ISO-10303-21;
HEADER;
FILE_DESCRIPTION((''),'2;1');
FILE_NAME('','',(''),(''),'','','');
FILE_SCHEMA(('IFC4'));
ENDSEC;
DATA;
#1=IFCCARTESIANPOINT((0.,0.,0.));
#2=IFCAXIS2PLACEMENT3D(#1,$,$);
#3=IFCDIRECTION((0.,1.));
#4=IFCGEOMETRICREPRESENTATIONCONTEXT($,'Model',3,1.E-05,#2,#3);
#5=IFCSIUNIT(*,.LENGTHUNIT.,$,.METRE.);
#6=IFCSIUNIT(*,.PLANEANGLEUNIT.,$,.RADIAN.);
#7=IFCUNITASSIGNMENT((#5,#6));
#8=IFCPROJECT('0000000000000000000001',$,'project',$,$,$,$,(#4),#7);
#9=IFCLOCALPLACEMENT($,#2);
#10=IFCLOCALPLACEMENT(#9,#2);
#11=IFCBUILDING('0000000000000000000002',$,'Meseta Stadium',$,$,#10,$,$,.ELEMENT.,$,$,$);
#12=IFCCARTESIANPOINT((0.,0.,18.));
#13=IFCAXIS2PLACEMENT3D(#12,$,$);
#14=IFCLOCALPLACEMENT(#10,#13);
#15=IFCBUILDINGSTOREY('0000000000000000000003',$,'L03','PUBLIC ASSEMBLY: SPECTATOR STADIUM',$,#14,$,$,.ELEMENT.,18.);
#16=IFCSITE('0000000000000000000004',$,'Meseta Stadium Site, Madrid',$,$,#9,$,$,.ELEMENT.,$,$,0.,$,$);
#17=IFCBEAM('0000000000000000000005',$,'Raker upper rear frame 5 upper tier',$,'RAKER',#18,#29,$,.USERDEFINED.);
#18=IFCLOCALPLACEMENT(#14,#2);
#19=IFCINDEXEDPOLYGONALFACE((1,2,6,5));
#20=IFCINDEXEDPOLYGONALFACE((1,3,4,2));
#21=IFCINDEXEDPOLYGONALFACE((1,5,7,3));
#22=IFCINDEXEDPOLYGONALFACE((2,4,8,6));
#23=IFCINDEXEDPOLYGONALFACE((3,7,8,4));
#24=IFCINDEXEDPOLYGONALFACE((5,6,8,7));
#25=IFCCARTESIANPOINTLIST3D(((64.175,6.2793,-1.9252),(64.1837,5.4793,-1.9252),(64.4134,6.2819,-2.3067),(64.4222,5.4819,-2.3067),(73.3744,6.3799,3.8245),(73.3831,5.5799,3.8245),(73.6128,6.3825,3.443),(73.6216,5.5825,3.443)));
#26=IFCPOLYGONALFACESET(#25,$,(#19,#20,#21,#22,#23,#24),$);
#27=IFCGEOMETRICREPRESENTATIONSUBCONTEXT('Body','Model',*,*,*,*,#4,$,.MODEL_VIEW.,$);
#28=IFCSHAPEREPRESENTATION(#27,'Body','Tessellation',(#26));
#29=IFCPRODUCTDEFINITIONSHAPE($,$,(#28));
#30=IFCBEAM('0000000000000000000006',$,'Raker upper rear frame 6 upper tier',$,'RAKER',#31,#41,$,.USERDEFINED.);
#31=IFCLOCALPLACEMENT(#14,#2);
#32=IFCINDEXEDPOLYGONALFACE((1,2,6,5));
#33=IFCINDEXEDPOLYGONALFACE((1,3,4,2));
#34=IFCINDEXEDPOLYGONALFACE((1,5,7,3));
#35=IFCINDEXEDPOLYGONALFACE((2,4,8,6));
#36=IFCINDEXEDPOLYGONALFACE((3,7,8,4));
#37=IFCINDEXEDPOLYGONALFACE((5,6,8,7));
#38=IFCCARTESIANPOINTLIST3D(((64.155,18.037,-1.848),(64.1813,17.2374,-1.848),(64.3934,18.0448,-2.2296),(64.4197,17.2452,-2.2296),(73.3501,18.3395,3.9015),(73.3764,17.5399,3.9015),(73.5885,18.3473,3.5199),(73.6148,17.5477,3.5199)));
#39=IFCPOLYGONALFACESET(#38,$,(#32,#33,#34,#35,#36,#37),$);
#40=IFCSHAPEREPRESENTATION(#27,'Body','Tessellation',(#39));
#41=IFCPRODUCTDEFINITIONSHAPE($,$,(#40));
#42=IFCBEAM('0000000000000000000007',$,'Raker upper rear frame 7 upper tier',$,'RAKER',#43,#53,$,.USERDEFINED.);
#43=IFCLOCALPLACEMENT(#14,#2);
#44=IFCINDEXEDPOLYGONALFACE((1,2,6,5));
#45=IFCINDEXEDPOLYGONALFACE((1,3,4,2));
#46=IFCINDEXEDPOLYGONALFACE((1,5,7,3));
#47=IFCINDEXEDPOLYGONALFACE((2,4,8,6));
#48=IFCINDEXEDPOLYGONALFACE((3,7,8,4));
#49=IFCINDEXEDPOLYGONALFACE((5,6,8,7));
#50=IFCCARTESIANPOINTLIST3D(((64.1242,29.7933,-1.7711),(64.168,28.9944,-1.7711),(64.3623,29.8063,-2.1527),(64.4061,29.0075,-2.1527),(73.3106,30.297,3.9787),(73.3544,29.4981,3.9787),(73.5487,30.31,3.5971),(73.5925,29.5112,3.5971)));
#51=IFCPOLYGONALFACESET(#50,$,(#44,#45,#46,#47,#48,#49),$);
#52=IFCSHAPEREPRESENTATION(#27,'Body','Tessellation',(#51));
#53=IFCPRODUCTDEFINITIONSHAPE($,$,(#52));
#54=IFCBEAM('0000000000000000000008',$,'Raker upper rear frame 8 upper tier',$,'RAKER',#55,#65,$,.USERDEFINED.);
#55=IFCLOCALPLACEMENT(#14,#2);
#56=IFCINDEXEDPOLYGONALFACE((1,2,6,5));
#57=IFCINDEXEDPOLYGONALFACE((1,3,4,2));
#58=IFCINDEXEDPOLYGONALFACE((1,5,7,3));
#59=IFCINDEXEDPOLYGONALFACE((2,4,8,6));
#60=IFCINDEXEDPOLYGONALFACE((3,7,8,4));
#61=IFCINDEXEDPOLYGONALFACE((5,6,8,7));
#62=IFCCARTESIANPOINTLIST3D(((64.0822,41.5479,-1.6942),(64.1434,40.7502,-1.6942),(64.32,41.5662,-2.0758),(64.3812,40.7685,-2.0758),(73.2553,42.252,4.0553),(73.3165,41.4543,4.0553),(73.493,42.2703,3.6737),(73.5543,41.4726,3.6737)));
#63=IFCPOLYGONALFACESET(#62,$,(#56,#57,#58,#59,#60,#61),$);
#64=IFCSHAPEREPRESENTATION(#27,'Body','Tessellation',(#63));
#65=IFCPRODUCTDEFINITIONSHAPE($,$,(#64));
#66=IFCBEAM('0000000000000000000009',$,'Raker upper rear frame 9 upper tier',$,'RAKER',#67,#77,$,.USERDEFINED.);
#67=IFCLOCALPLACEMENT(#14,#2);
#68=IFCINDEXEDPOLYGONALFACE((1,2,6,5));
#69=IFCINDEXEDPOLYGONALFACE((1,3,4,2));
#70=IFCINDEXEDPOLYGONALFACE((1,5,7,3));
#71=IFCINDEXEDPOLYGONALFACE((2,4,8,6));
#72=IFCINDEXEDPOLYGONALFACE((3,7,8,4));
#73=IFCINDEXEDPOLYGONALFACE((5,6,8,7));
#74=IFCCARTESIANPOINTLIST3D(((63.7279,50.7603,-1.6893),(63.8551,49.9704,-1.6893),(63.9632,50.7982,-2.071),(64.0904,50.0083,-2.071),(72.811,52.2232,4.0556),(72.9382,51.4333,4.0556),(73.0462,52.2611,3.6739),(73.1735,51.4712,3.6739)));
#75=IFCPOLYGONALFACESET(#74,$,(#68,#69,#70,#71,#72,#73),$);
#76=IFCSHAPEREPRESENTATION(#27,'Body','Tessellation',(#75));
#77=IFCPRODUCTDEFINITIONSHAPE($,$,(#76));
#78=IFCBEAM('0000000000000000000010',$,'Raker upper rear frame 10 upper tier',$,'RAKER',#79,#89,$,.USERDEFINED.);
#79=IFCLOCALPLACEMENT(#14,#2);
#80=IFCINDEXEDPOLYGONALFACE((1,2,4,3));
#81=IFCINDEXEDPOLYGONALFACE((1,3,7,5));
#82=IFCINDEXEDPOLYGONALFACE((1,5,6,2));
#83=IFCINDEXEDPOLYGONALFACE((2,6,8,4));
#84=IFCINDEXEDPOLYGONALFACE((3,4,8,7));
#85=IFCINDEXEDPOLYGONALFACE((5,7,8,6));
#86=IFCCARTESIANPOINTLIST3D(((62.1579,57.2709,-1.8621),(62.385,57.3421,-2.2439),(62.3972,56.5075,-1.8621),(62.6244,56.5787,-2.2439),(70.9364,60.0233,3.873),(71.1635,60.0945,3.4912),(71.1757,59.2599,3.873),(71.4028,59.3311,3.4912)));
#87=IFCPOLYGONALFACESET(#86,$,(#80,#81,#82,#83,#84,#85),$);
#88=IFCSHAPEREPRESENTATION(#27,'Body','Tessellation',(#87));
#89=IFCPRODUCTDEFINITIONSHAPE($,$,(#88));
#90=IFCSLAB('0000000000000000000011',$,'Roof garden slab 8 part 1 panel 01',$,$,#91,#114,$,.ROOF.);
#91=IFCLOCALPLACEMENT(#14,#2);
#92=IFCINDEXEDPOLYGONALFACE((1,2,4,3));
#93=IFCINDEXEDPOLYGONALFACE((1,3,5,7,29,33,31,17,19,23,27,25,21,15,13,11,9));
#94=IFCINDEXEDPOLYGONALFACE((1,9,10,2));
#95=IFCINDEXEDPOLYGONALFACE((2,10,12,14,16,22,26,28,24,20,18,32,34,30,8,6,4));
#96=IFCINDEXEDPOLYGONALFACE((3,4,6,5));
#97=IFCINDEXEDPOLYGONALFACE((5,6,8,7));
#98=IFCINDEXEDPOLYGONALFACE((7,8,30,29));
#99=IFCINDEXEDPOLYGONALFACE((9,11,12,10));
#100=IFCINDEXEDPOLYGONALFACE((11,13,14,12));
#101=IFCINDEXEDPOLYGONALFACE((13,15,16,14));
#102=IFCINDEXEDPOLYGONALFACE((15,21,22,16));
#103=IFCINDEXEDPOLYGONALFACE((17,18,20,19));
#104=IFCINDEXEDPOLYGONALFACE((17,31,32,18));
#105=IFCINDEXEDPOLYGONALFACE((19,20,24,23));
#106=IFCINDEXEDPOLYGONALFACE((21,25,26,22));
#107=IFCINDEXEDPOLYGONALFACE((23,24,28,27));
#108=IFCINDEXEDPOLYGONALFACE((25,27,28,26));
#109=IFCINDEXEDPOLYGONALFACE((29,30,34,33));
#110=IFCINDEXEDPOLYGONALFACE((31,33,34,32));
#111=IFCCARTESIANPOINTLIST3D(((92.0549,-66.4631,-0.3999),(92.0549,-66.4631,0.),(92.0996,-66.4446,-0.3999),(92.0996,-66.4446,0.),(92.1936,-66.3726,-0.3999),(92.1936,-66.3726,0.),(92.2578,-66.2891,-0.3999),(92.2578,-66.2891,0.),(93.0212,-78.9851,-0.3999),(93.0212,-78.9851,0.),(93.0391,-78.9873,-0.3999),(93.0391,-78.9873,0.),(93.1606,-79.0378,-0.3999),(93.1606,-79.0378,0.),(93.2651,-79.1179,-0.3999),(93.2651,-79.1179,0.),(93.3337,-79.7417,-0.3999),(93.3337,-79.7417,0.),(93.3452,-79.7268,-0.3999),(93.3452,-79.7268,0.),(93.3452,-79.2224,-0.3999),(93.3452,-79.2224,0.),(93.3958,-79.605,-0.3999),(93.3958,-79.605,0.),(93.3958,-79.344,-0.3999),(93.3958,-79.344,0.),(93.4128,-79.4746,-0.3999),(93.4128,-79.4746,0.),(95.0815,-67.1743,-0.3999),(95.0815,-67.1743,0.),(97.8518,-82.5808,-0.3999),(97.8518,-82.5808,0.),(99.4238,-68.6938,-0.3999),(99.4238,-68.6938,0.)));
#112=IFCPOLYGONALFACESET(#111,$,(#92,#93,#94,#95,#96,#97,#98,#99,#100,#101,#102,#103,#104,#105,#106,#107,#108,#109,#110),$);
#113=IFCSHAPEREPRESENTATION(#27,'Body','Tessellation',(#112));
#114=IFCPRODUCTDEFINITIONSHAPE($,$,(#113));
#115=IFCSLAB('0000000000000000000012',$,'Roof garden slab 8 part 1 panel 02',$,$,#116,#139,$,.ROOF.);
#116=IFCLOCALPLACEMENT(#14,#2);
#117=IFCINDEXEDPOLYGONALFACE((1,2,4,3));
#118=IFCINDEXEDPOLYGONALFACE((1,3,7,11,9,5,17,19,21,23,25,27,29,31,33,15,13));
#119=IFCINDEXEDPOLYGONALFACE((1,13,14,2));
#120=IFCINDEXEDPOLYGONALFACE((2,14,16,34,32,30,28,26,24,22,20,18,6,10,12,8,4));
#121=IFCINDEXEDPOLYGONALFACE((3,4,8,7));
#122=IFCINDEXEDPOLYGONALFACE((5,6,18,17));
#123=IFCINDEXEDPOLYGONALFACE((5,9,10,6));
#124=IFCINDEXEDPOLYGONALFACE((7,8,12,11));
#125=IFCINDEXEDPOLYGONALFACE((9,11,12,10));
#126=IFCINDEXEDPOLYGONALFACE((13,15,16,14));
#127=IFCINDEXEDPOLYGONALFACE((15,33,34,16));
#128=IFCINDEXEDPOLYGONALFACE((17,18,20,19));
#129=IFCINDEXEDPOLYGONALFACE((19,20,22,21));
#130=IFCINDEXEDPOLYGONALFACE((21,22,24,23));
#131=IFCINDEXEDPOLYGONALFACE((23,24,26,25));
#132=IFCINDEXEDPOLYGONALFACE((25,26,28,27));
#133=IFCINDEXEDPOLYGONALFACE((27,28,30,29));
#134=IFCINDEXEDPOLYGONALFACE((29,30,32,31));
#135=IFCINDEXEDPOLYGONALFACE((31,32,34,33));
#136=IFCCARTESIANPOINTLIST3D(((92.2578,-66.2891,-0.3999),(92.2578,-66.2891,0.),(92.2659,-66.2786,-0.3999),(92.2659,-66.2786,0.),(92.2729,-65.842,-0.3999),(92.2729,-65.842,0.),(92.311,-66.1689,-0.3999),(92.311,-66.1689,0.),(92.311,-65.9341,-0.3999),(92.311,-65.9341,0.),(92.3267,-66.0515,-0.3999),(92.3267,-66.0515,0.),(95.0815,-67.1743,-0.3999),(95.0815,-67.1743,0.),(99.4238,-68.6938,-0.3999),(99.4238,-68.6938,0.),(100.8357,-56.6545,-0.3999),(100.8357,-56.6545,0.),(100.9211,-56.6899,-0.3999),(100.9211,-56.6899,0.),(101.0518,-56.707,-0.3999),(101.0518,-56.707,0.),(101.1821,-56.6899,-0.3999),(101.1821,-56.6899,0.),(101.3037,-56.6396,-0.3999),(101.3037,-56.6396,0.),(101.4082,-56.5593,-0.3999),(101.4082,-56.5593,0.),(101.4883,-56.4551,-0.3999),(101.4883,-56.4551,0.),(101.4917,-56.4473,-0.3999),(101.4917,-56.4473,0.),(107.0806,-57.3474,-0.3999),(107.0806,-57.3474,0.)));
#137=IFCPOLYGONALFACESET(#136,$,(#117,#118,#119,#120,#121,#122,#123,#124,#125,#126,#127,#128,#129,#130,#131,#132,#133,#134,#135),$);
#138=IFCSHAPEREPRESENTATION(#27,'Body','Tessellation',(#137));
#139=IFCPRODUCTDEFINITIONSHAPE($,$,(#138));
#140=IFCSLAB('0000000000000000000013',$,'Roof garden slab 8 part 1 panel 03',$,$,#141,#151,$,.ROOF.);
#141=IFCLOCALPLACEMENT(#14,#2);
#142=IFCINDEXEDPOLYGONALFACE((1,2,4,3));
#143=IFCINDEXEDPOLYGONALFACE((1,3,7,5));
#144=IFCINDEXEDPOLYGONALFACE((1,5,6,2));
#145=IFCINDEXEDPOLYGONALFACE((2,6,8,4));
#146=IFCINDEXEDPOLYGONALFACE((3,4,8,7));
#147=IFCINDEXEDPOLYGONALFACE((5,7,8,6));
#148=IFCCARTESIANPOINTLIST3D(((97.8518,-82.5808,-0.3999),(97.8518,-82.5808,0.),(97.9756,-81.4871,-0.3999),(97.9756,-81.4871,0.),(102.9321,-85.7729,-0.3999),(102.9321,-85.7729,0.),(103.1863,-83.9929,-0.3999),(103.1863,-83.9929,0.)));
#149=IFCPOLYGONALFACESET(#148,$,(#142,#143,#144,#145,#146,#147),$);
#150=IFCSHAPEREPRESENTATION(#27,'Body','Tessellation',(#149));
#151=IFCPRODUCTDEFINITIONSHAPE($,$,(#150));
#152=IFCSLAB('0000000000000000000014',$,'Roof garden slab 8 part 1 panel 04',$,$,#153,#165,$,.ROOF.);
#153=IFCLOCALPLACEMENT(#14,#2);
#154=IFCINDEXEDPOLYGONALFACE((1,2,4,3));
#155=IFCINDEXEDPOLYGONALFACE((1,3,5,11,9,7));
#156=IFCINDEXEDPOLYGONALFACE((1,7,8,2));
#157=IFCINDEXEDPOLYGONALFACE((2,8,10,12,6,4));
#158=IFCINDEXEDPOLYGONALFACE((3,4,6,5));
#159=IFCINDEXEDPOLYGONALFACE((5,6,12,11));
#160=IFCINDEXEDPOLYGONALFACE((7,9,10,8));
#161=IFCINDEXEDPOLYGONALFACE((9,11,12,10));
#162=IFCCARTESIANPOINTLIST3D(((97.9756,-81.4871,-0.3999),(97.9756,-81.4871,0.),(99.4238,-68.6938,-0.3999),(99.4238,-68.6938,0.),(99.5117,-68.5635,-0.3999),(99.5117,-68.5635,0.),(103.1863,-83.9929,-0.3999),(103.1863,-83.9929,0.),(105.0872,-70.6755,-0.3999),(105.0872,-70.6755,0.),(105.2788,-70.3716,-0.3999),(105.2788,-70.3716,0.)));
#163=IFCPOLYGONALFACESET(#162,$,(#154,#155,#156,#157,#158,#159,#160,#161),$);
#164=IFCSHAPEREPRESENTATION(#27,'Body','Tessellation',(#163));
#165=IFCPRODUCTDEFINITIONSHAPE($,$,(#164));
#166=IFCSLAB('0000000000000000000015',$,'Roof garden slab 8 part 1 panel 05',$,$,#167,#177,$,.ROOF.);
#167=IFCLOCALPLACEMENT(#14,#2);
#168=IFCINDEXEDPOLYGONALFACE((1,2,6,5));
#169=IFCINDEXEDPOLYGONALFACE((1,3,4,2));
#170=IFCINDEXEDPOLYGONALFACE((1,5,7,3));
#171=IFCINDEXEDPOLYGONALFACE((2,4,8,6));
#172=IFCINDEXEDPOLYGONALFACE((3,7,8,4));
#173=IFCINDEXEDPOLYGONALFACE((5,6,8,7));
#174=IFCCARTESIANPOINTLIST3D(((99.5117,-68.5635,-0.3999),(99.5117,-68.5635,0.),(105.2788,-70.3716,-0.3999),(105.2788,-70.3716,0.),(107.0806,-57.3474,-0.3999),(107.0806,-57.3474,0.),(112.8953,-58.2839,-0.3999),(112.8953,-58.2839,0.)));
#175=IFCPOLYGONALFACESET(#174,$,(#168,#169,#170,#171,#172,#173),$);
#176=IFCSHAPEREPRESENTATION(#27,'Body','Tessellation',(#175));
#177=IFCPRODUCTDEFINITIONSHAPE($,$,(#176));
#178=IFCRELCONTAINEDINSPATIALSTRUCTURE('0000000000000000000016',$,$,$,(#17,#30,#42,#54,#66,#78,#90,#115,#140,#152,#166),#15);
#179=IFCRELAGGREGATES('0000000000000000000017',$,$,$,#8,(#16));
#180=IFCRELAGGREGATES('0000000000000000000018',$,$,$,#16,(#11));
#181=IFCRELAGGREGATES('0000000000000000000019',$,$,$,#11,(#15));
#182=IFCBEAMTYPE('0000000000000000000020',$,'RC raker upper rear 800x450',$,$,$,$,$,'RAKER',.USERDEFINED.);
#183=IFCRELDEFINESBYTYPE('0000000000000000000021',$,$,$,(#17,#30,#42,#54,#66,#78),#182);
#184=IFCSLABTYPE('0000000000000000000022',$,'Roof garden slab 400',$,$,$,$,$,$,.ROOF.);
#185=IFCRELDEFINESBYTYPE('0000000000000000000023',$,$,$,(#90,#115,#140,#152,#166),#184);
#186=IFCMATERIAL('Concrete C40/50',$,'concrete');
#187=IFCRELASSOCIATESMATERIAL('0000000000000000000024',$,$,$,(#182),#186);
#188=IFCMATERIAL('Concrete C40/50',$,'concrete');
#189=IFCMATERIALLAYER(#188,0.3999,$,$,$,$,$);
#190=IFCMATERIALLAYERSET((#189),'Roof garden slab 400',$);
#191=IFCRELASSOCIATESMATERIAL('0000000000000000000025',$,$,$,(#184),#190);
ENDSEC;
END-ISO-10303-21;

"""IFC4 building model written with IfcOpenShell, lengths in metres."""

from ifc_helpers import new_model, si_unit, direction, frame, origin, origin_2d, place, context, subcontext, project, spatial, polyline, rectangle, outline, extrude, material, layer, layer_set, material_profile, profile_set, type_object, element, save


model = new_model("IFC4")

# Units and contexts
model_context = context("Model", 3, precision=1e-05, world=origin(), true_north=direction((0.0, 1.0)))
body_context = subcontext(model_context, "Body", "Model", "MODEL_VIEW")
ifc_project = project(units=[si_unit("LENGTHUNIT", "METRE"), si_unit("PLANEANGLEUNIT", "RADIAN")], contexts=[model_context])

# Site, building, storey
site_placement = place(None, origin())
site = spatial("IfcSite", under=ifc_project, at=site_placement, Name="Meseta Stadium Site, Madrid", CompositionType="ELEMENT", RefElevation=0.0)
building_placement = place(site_placement, origin())
building = spatial("IfcBuilding", under=site, at=building_placement, Name="Meseta Stadium", CompositionType="ELEMENT")
storey_placement = place(building_placement, frame((0.0, 0.0, 18.0)))
storey = spatial("IfcBuildingStorey", under=building, at=storey_placement, Name="L03", Description="PUBLIC ASSEMBLY: SPECTATOR STADIUM", CompositionType="ELEMENT", Elevation=18.0)

# Beams
ifc_material_1 = material(Name="Concrete C40/50", Category="concrete")
ifc_material_profile = material_profile(ifc_material_1, rectangle(XDim=0.8, YDim=0.45, at=origin_2d()), Name="RC 800x450")
ifc_profile_set = profile_set([ifc_material_profile], Name="Concrete C40/50")
beam_type = type_object("IfcBeamType", Name="RC raker upper rear 800x450", ElementType="RAKER", PredefinedType="USERDEFINED", material=ifc_profile_set)
for number, where, z_axis, x_axis, name in (
    (1, (64.2986, 5.8806, -2.116), (0.847958, 0.009271, 0.529982), (-0.010933, 0.99994, 0.0), "Raker upper rear frame 5 upper tier"),
    (2, (64.2874, 17.6411, -2.0388), (0.847561, 0.027882, 0.529965), (-0.032879, 0.999459, 0.0), "Raker upper rear frame 6 upper tier"),
):
    element("IfcBeam", number, at=place(storey_placement, frame(where, z_axis=z_axis, x_axis=x_axis)), inside=storey, type_object=beam_type, Name=name, ObjectType="RAKER", PredefinedType="USERDEFINED", context=body_context, shape_type="SweptSolid", body=[
        extrude(rectangle(XDim=0.8, YDim=0.45, at=origin_2d()), origin(), (0.0, 0.0, 1.0), 10.8489),
    ])
beam_1_placement = place(storey_placement, frame((64.2651, 29.4004, -1.9619), z_axis=(0.846739, 0.046425, 0.52998), x_axis=(-0.054745, 0.9985, 0.0)))
element("IfcBeam", 3, at=beam_1_placement, inside=storey, type_object=beam_type, Name="Raker upper rear frame 7 upper tier", ObjectType="RAKER", PredefinedType="USERDEFINED", context=body_context, shape_type="SweptSolid", body=[
    extrude(rectangle(XDim=0.8, YDim=0.45, at=origin_2d()), origin(), (0.0, 0.0, 1.0), 10.8491),
])
beam_2_placement = place(storey_placement, frame((64.2317, 41.1582, -1.885), z_axis=(0.845533, 0.064901, 0.529963), x_axis=(-0.076532, 0.997067, 0.0)))
element("IfcBeam", 4, at=beam_2_placement, inside=storey, type_object=beam_type, Name="Raker upper rear frame 8 upper tier", ObjectType="RAKER", PredefinedType="USERDEFINED", context=body_context, shape_type="SweptSolid", body=[
    extrude(rectangle(XDim=0.8, YDim=0.45, at=origin_2d()), origin(), (0.0, 0.0, 1.0), 10.8489),
])
beam_3_placement = place(storey_placement, frame((63.9092, 50.3843, -1.8801), z_axis=(0.837421, 0.134873, 0.529657), x_axis=(-0.159009, 0.987277, 0.0)))
element("IfcBeam", 5, at=beam_3_placement, inside=storey, type_object=beam_type, Name="Raker upper rear frame 9 upper tier", ObjectType="RAKER", PredefinedType="USERDEFINED", context=body_context, shape_type="SweptSolid", body=[
    extrude(rectangle(XDim=0.8, YDim=0.45, at=origin_2d()), origin(), (0.0, 0.0, 1.0), 10.8464),
])
beam_4_placement = place(storey_placement, frame((62.3911, 56.9248, -2.053), z_axis=(0.809745, 0.253888, 0.529013), x_axis=(-0.29918, 0.954197, 0.0)))
element("IfcBeam", 6, at=beam_4_placement, inside=storey, type_object=beam_type, Name="Raker upper rear frame 10 upper tier", ObjectType="RAKER", PredefinedType="USERDEFINED", context=body_context, shape_type="SweptSolid", body=[
    extrude(rectangle(XDim=0.8, YDim=0.45, at=origin_2d()), origin(), (0.0, 0.0, 1.0), 10.8411),
])

# Slabs
ifc_material_2 = material(Name="Concrete C40/50", Category="concrete")
ifc_layer_1 = layer(ifc_material_2, 0.3999)
ifc_layer_set_1 = layer_set([ifc_layer_1], Name="Roof garden slab 400")
slab_type = type_object("IfcSlabType", Name="Roof garden slab 400", PredefinedType="ROOF", material=ifc_layer_set_1)
slab_1_placement = place(storey_placement, frame((0.0, 0.0, -0.3999)))
element("IfcSlab", 7, at=slab_1_placement, inside=storey, type_object=slab_type, Name="Roof garden slab 8 part 1 panel 01", PredefinedType="ROOF", context=body_context, shape_type="SweptSolid", body=[
    extrude(outline(polyline([(93.3337, -79.7417), (97.8518, -82.5808), (99.4238, -68.6938), (95.0815, -67.1743), (92.2578, -66.2891), (92.1936, -66.3726), (92.0996, -66.4446), (92.0549, -66.4631), (93.0212, -78.9851), (93.0391, -78.9873), (93.1606, -79.0378), (93.2651, -79.1179), (93.3452, -79.2224), (93.3958, -79.344), (93.4128, -79.4746), (93.3958, -79.605), (93.3452, -79.7268), (93.3337, -79.7417)])), origin(), (0.0, 0.0, 1.0), 0.3999),
])
slab_2_placement = place(storey_placement, frame((0.0, 0.0, -0.3999)))
element("IfcSlab", 8, at=slab_2_placement, inside=storey, type_object=slab_type, Name="Roof garden slab 8 part 1 panel 02", PredefinedType="ROOF", context=body_context, shape_type="SweptSolid", body=[
    extrude(outline(polyline([(95.0815, -67.1743), (99.4238, -68.6938), (107.0806, -57.3474), (101.4917, -56.4473), (101.4883, -56.4551), (101.4082, -56.5593), (101.3037, -56.6396), (101.1821, -56.6899), (101.0518, -56.707), (100.9211, -56.6899), (100.8357, -56.6545), (92.2729, -65.842), (92.311, -65.9341), (92.3267, -66.0515), (92.311, -66.1689), (92.2659, -66.2786), (92.2578, -66.2891), (95.0815, -67.1743)])), origin(), (0.0, 0.0, 1.0), 0.3999),
])
slab_3_placement = place(storey_placement, frame((0.0, 0.0, -0.3999)))
element("IfcSlab", 9, at=slab_3_placement, inside=storey, type_object=slab_type, Name="Roof garden slab 8 part 1 panel 03", PredefinedType="ROOF", context=body_context, shape_type="SweptSolid", body=[
    extrude(outline(polyline([(103.1863, -83.9929), (97.9756, -81.4871), (97.8518, -82.5808), (102.9321, -85.7729), (103.1863, -83.9929)])), origin(), (0.0, 0.0, 1.0), 0.3999),
])
slab_4_placement = place(storey_placement, frame((0.0, 0.0, -0.3999)))
element("IfcSlab", 10, at=slab_4_placement, inside=storey, type_object=slab_type, Name="Roof garden slab 8 part 1 panel 04", PredefinedType="ROOF", context=body_context, shape_type="SweptSolid", body=[
    extrude(outline(polyline([(99.5117, -68.5635), (99.4238, -68.6938), (97.9756, -81.4871), (103.1863, -83.9929), (105.0872, -70.6755), (105.2788, -70.3716), (99.5117, -68.5635)])), origin(), (0.0, 0.0, 1.0), 0.3999),
])
slab_5_placement = place(storey_placement, frame((0.0, 0.0, -0.3999)))
element("IfcSlab", 11, at=slab_5_placement, inside=storey, type_object=slab_type, Name="Roof garden slab 8 part 1 panel 05", PredefinedType="ROOF", context=body_context, shape_type="SweptSolid", body=[
    extrude(outline(polyline([(107.0806, -57.3474), (99.5117, -68.5635), (105.2788, -70.3716), (112.8953, -58.2839), (107.0806, -57.3474)])), origin(), (0.0, 0.0, 1.0), 0.3999),
])

save(model, "model.ifc")
